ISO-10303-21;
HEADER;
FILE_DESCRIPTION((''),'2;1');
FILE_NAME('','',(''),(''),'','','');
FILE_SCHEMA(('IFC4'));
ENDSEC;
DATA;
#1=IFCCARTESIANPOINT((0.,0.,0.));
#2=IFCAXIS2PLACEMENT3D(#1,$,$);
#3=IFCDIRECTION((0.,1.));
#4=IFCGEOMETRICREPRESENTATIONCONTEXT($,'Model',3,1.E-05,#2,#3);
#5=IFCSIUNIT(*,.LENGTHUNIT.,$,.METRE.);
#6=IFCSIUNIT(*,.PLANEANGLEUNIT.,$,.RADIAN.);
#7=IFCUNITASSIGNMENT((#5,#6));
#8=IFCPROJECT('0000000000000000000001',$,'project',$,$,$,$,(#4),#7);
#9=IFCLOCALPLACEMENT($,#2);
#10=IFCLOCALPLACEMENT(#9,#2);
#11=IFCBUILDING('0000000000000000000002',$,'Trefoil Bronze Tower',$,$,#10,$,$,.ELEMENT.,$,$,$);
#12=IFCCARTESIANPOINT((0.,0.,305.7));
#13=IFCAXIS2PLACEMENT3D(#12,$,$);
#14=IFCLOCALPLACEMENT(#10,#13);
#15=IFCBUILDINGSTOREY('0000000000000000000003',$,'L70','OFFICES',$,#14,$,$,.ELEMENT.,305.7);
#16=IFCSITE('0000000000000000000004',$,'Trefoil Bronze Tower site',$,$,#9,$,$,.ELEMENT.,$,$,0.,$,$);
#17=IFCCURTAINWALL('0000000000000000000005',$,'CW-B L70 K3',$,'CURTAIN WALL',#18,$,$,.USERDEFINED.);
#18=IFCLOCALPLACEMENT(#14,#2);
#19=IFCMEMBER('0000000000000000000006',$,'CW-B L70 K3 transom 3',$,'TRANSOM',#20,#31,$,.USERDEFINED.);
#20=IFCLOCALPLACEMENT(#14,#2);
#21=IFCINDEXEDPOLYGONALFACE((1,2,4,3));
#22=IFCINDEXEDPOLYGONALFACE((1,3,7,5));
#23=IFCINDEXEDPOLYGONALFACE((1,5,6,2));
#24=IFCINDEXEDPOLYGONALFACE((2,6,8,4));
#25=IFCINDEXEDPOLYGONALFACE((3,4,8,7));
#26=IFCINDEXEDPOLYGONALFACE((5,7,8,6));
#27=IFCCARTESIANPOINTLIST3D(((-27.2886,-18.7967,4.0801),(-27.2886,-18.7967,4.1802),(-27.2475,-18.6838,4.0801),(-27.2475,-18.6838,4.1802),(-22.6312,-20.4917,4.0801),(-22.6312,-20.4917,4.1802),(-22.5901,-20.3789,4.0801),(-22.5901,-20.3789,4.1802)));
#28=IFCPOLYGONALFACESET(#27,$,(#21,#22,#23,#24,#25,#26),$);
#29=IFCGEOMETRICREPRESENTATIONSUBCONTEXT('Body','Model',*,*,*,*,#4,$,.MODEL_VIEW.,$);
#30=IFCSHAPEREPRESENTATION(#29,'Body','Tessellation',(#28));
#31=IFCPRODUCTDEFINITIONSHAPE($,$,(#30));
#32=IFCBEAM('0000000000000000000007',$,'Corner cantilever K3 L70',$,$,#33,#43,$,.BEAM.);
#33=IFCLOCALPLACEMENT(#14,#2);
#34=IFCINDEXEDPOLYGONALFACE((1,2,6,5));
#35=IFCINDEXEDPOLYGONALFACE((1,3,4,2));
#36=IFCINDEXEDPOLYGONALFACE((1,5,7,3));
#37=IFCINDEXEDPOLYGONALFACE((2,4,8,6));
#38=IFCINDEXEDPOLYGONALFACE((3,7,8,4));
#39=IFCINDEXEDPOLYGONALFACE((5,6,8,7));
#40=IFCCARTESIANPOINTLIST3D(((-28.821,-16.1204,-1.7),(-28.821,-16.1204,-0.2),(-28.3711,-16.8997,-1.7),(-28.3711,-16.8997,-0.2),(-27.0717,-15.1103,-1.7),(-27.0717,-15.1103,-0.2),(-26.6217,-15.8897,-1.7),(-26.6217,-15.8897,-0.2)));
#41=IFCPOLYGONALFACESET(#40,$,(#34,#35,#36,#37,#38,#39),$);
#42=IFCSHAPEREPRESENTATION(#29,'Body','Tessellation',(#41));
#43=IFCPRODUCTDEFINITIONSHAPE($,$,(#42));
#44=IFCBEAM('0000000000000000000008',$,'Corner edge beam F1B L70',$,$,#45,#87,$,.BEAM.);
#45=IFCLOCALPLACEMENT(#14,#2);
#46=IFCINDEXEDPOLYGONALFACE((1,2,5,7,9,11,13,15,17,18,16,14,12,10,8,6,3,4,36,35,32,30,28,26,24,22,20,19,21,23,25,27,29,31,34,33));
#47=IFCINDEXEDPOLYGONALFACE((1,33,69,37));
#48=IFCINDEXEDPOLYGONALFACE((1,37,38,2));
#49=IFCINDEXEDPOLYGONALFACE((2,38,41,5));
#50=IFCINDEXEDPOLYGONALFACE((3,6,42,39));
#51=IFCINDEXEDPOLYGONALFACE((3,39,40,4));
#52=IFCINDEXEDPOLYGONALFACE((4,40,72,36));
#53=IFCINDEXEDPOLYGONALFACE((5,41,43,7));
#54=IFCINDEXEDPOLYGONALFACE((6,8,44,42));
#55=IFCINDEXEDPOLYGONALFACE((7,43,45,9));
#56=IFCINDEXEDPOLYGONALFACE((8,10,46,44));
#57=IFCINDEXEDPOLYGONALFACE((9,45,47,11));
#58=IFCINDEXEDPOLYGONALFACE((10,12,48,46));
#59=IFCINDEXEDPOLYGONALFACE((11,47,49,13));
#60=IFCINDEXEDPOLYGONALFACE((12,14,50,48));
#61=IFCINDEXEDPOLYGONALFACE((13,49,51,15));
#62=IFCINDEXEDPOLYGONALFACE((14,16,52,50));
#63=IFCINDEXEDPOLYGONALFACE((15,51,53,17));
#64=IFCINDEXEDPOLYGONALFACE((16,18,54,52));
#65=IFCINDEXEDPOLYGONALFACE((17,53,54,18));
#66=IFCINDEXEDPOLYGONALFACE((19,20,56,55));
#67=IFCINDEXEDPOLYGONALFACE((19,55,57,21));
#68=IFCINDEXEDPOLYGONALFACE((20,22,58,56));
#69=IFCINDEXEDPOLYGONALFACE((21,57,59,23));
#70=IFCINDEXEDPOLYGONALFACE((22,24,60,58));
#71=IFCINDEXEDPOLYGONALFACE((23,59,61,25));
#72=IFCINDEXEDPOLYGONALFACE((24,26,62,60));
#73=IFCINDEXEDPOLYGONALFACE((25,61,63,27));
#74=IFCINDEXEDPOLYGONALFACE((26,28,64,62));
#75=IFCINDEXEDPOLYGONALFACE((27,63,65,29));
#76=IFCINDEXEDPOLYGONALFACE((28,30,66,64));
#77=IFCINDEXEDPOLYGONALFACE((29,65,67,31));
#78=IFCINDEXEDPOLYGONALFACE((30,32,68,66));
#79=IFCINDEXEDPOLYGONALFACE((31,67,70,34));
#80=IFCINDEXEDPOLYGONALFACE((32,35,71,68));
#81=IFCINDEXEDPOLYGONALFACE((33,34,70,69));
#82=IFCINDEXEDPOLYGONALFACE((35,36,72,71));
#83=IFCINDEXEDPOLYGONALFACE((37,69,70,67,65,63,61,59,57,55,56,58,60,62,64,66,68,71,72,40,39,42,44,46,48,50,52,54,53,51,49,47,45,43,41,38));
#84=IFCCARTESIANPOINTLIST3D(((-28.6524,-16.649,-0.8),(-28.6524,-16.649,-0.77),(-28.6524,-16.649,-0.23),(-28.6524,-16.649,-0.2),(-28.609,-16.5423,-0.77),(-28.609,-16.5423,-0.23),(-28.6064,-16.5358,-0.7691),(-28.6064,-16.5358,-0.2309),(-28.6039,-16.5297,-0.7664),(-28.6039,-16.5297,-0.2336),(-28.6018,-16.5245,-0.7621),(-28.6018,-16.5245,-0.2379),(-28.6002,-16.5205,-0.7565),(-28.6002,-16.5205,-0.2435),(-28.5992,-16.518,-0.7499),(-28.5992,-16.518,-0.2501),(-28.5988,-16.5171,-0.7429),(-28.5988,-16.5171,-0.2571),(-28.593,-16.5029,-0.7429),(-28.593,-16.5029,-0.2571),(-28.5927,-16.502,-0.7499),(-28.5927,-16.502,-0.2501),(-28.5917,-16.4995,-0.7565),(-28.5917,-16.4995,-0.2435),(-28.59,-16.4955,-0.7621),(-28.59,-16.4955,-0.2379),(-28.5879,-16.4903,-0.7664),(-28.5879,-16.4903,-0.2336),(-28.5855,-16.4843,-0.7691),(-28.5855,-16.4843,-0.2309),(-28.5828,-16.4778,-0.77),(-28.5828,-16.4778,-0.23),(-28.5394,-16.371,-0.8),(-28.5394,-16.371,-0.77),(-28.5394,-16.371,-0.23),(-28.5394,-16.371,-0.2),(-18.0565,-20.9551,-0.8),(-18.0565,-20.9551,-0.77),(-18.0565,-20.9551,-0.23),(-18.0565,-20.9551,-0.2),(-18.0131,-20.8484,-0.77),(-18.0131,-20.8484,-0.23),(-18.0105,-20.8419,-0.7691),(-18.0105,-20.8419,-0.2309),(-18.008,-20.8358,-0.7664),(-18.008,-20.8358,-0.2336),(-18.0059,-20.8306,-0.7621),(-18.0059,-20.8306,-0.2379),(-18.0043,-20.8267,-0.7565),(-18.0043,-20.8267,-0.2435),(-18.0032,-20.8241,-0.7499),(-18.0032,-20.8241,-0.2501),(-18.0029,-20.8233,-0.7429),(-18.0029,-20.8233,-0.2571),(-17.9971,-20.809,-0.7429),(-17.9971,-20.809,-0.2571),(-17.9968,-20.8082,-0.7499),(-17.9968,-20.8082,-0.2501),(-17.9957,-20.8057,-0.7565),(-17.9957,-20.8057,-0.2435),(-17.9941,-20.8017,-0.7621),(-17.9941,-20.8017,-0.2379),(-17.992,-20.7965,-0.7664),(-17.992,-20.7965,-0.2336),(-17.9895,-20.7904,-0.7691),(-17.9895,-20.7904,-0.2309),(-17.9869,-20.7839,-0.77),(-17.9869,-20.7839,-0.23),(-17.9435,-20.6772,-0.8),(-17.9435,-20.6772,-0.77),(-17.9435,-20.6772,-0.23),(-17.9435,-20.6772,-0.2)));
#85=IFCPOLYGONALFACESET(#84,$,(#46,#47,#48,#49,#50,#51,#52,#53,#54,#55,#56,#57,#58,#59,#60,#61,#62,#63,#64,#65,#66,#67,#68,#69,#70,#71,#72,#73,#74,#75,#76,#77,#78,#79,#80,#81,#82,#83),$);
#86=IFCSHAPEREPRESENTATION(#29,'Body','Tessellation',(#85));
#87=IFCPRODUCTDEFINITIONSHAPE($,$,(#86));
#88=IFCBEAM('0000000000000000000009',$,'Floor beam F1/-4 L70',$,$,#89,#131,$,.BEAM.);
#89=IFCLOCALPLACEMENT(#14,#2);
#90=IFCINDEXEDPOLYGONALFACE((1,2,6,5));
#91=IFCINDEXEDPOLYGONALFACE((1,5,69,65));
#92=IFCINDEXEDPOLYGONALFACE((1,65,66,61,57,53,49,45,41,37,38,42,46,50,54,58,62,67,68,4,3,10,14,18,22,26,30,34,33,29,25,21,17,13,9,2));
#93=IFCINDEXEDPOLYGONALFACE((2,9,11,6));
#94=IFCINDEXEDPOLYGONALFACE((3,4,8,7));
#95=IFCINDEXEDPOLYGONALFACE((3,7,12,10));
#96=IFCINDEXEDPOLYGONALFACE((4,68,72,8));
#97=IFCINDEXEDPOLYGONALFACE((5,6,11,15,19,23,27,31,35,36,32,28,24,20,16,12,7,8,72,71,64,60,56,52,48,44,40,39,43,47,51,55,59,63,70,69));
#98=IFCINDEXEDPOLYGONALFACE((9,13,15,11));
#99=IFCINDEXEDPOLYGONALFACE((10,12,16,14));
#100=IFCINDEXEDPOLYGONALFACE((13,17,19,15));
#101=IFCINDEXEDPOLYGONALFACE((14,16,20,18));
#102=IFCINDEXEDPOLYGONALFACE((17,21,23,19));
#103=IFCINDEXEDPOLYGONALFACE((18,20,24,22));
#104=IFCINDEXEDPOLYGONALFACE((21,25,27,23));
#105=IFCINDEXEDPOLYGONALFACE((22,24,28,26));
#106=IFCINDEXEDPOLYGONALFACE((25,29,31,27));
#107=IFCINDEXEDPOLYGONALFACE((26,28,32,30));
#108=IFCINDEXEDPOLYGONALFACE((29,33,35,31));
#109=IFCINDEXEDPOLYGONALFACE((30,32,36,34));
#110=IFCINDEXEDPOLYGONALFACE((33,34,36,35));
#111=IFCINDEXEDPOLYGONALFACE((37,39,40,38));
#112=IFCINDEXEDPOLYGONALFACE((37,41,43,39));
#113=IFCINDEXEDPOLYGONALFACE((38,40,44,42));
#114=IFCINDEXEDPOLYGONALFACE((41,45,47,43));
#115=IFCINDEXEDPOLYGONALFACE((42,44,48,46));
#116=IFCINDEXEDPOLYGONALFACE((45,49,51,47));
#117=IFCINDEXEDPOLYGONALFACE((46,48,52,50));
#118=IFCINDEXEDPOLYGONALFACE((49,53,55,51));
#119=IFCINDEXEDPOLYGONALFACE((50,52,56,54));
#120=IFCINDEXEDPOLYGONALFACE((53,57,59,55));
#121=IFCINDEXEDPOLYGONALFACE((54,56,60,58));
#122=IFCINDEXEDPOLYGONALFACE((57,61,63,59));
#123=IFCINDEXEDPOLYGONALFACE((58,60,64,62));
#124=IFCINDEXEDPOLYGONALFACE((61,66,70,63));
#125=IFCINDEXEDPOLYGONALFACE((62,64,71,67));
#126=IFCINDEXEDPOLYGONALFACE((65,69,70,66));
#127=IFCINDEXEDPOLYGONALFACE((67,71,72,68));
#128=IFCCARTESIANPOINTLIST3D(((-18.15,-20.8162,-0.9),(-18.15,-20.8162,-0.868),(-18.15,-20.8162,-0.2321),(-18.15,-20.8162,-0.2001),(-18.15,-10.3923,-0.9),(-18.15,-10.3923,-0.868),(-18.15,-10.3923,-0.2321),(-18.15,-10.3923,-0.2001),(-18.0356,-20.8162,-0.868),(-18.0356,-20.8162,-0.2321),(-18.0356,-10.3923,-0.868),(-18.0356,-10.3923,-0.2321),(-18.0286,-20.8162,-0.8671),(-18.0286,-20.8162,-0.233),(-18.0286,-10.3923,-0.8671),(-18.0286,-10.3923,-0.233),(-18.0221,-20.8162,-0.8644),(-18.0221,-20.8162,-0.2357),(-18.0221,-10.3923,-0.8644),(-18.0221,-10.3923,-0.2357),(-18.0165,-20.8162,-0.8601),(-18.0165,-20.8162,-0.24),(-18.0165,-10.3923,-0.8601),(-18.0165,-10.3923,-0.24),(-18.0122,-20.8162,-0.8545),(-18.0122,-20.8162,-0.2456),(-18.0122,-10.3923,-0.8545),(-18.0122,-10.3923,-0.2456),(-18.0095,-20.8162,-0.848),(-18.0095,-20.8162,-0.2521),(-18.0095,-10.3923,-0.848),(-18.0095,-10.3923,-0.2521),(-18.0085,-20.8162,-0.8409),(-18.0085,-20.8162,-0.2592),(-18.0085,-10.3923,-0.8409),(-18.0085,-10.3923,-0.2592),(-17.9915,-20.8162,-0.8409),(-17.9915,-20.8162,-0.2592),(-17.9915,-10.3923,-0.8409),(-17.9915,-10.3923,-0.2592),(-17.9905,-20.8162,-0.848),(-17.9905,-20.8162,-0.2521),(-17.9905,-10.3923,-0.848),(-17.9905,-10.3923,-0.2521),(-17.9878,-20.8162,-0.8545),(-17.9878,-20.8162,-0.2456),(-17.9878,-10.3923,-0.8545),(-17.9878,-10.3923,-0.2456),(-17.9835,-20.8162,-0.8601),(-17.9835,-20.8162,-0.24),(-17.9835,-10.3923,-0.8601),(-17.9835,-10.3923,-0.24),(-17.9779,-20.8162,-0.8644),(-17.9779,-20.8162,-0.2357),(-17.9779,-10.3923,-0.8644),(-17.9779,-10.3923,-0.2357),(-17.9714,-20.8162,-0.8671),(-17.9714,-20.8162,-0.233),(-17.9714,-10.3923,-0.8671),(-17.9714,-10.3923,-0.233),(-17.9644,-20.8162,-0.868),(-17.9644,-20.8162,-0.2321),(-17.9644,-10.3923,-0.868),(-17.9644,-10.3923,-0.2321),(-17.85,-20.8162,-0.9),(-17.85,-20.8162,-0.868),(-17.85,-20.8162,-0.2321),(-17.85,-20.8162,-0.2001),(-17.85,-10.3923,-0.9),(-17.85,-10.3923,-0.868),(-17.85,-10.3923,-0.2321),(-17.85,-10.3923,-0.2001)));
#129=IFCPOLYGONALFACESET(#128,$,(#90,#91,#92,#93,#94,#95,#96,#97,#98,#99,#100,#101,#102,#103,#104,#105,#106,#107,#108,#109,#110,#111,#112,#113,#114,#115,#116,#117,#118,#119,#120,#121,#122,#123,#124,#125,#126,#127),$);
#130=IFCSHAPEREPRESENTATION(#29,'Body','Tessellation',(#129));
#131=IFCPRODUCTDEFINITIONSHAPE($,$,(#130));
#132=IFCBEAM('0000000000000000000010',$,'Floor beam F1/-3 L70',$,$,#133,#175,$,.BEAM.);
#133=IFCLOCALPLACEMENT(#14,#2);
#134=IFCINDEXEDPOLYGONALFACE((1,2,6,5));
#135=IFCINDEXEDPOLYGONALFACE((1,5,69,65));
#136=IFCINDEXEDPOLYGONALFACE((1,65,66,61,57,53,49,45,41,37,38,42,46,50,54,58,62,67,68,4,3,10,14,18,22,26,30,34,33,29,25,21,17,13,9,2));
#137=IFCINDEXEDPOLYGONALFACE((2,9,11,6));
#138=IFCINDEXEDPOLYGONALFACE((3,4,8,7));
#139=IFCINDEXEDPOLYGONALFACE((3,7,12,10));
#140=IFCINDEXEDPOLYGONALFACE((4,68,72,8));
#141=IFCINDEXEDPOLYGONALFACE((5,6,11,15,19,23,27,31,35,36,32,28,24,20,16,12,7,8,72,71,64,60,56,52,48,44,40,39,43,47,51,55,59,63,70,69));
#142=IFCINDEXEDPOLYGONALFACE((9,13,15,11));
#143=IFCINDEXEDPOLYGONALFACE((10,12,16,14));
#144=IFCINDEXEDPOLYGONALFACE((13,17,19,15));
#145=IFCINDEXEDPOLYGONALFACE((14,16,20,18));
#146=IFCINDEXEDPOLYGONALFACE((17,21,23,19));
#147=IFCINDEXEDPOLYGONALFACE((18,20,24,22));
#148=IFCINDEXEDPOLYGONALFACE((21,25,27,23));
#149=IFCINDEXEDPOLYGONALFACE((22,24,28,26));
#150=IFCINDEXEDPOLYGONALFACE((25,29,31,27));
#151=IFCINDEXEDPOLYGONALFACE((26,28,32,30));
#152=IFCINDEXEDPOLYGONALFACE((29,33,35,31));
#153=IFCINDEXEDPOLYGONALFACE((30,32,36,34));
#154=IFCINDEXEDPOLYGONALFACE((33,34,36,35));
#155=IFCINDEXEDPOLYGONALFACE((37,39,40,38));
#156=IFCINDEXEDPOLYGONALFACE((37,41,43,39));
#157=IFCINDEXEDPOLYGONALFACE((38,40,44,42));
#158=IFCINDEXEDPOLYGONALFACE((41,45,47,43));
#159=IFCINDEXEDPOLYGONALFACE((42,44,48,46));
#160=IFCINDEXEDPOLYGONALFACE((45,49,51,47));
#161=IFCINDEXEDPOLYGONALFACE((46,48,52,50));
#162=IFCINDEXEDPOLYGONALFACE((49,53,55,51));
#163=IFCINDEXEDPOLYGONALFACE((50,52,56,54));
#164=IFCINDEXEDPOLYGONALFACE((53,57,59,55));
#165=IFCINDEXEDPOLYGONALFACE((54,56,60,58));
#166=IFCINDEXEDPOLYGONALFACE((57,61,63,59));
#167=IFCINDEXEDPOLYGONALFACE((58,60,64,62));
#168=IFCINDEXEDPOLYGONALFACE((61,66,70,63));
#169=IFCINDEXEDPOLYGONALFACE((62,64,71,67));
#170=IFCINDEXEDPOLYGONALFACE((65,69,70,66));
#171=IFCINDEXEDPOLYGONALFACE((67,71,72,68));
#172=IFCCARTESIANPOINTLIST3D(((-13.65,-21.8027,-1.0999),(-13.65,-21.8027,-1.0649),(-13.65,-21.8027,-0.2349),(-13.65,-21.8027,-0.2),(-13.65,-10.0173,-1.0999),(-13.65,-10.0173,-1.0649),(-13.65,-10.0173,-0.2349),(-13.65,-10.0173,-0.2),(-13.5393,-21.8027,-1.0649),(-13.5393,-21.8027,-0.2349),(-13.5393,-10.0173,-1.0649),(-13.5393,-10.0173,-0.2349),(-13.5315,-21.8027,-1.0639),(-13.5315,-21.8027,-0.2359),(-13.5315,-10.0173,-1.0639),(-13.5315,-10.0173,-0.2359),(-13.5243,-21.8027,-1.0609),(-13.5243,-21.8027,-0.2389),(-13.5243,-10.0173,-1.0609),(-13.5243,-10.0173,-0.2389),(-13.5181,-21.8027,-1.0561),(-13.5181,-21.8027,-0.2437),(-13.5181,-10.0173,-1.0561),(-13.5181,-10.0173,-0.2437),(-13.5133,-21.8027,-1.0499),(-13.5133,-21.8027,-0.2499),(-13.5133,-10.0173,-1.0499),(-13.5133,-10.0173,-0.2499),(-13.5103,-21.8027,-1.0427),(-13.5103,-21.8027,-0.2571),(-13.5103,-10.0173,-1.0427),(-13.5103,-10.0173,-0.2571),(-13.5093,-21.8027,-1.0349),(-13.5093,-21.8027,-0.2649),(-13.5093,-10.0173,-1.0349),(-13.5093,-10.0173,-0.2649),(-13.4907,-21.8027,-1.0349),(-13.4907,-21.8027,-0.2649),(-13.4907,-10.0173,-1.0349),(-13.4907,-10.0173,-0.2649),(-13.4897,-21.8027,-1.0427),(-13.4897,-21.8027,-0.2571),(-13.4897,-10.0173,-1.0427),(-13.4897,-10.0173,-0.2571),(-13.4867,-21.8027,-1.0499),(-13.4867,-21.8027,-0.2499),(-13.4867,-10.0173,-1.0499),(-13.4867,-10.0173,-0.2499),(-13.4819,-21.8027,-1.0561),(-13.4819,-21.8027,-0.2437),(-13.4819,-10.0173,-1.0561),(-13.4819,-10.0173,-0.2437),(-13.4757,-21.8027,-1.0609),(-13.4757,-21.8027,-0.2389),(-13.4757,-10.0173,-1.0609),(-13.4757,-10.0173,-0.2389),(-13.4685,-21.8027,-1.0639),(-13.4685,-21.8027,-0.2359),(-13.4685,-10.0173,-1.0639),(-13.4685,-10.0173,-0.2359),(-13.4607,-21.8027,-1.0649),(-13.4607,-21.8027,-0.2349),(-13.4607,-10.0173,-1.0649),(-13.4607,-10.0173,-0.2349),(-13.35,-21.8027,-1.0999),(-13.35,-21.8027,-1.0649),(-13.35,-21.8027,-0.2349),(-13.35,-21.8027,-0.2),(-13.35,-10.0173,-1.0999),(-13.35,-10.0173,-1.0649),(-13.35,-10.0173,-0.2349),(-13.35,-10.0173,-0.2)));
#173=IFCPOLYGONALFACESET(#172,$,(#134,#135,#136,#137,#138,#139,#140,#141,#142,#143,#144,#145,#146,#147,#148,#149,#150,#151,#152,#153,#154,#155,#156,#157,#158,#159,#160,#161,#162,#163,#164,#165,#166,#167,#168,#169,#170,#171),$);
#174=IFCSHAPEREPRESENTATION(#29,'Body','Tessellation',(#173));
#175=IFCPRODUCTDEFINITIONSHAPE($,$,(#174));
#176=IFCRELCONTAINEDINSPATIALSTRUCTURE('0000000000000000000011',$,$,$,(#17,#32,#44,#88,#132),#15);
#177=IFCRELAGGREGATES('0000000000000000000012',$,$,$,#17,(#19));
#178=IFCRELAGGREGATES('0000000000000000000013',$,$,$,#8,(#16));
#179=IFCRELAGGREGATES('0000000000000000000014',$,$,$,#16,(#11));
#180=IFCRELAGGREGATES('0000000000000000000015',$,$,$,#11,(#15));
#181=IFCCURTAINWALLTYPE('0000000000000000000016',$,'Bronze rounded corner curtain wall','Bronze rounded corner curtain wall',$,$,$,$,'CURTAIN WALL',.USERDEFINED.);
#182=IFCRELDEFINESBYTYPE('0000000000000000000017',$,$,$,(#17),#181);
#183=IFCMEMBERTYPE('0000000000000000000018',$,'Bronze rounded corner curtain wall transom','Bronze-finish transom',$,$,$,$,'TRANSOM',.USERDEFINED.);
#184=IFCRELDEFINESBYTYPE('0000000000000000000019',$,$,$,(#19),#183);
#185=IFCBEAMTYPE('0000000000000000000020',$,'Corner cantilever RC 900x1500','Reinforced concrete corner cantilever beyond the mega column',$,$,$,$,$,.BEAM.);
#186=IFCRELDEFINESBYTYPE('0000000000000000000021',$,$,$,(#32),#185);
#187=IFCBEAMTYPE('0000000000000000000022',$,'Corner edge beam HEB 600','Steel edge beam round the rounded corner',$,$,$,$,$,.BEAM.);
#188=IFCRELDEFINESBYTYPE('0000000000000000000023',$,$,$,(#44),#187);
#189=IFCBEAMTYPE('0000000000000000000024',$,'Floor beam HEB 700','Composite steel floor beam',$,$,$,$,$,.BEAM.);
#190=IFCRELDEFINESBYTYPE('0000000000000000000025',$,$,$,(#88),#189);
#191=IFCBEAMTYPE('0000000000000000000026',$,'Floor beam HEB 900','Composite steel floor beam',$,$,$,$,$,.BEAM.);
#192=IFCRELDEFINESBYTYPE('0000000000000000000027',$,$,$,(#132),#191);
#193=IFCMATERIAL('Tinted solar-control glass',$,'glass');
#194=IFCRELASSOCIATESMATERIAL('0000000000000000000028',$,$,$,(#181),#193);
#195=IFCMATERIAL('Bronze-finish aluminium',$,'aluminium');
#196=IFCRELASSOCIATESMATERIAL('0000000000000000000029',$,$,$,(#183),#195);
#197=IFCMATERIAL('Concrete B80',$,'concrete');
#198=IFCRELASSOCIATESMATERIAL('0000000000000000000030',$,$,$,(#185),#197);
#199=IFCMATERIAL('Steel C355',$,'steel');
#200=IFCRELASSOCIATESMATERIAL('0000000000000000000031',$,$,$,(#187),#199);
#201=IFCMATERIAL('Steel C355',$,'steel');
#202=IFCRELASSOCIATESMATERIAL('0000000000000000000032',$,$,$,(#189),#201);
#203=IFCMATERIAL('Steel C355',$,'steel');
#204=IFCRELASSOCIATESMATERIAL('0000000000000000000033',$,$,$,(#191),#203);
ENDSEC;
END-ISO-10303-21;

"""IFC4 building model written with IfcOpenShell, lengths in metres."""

from ifc_helpers import new_model, si_unit, direction, frame, origin, origin_2d, place, context, subcontext, project, spatial, rectangle, i_section, extrude, material, material_profile, profile_set, type_object, element, aggregate, save


model = new_model("IFC4")

# Units and contexts
model_context = context("Model", 3, precision=1e-05, world=origin(), true_north=direction((0.0, 1.0)))
body_context = subcontext(model_context, "Body", "Model", "MODEL_VIEW")
ifc_project = project(units=[si_unit("LENGTHUNIT", "METRE"), si_unit("PLANEANGLEUNIT", "RADIAN")], contexts=[model_context])

# Site, building, storey
site_placement = place(None, origin())
site = spatial("IfcSite", under=ifc_project, at=site_placement, Name="Trefoil Bronze Tower site", CompositionType="ELEMENT", RefElevation=0.0)
building_placement = place(site_placement, origin())
building = spatial("IfcBuilding", under=site, at=building_placement, Name="Trefoil Bronze Tower", CompositionType="ELEMENT")
storey_placement = place(building_placement, frame((0.0, 0.0, 305.7)))
storey = spatial("IfcBuildingStorey", under=building, at=storey_placement, Name="L70", Description="OFFICES", CompositionType="ELEMENT", Elevation=305.7)

# Curtain wall, member
ifc_material_1 = material(Name="Tinted solar-control glass", Category="glass")
curtain_wall_type_1 = type_object("IfcCurtainWallType", Name="Bronze rounded corner curtain wall", Description="Bronze rounded corner curtain wall", ElementType="CURTAIN WALL", PredefinedType="USERDEFINED", material=ifc_material_1)
curtain_wall_1_placement = place(storey_placement, origin())
curtain_wall_1 = element("IfcCurtainWall", 1, at=curtain_wall_1_placement, inside=storey, type_object=curtain_wall_type_1, Name="CW-B L70 K3", ObjectType="CURTAIN WALL", PredefinedType="USERDEFINED")
ifc_material_2 = material(Name="Bronze-finish aluminium", Category="aluminium")
ifc_material_profile_1 = material_profile(ifc_material_2, rectangle(XDim=0.1201, YDim=0.1001, at=origin_2d()), Name="CW-B transom")
ifc_profile_set_1 = profile_set([ifc_material_profile_1], Name="Bronze-finish aluminium")
member_type_1 = type_object("IfcMemberType", Name="Bronze rounded corner curtain wall transom", Description="Bronze-finish transom", ElementType="TRANSOM", PredefinedType="USERDEFINED", material=ifc_profile_set_1)
member_1_placement = place(storey_placement, frame((-27.2681, -18.7402, 4.1301), z_axis=(0.9397, -0.342, 0.0), x_axis=(0.342, 0.9397, 0.0)))
member_1 = element("IfcMember", 2, at=member_1_placement, type_object=member_type_1, Name="CW-B L70 K3 transom 3", ObjectType="TRANSOM", PredefinedType="USERDEFINED", context=body_context, shape_type="SweptSolid", body=[
    extrude(rectangle(XDim=0.1201, YDim=0.1001, at=origin_2d()), origin(), (0.0, 0.0, 1.0), 4.9563),
])

# Beams
ifc_material_3 = material(Name="Concrete B80", Category="concrete")
ifc_material_profile_2 = material_profile(ifc_material_3, rectangle(XDim=0.8999, YDim=1.5, at=origin_2d()), Name="RC 900x1500")
ifc_profile_set_2 = profile_set([ifc_material_profile_2], Name="Concrete B80")
beam_type_1 = type_object("IfcBeamType", Name="Corner cantilever RC 900x1500", Description="Reinforced concrete corner cantilever beyond the mega column", PredefinedType="BEAM", material=ifc_profile_set_2)
beam_1_placement = place(storey_placement, frame((-26.8467, -15.5, -0.95), z_axis=(-0.86601, -0.500026, 0.0), x_axis=(0.500026, -0.86601, 0.0)))
element("IfcBeam", 3, at=beam_1_placement, inside=storey, type_object=beam_type_1, Name="Corner cantilever K3 L70", PredefinedType="BEAM", context=body_context, shape_type="SweptSolid", body=[
    extrude(rectangle(XDim=0.8999, YDim=1.5, at=origin_2d()), origin(), (0.0, 0.0, 1.0), 2.02),
])
ifc_material_4 = material(Name="Steel C355", Category="steel")
ifc_material_profile_3 = material_profile(ifc_material_4, i_section(OverallWidth=0.3, OverallDepth=0.6001, WebThickness=0.0154, FlangeThickness=0.03, FilletRadius=0.0271, at=origin_2d()), Name="HEB 600")
ifc_profile_set_3 = profile_set([ifc_material_profile_3], Name="Steel C355")
beam_type_2 = type_object("IfcBeamType", Name="Corner edge beam HEB 600", Description="Steel edge beam round the rounded corner", PredefinedType="BEAM", material=ifc_profile_set_3)
beam_2_placement = place(storey_placement, frame((-18.0, -20.8162, -0.5), z_axis=(-0.926419, 0.376493, 0.0), x_axis=(-0.376493, -0.926419, 0.0)))
element("IfcBeam", 4, at=beam_2_placement, inside=storey, type_object=beam_type_2, Name="Corner edge beam F1B L70", PredefinedType="BEAM", context=body_context, shape_type="SweptSolid", body=[
    extrude(i_section(OverallWidth=0.3, OverallDepth=0.6001, WebThickness=0.0154, FlangeThickness=0.03, FilletRadius=0.0271, at=origin_2d()), origin(), (0.0, 0.0, 1.0), 11.4375),
])
ifc_material_5 = material(Name="Steel C355", Category="steel")
ifc_material_profile_4 = material_profile(ifc_material_5, i_section(OverallWidth=0.3, OverallDepth=0.7, WebThickness=0.0171, FlangeThickness=0.032, FilletRadius=0.0271, at=origin_2d()), Name="HEB 700")
ifc_profile_set_4 = profile_set([ifc_material_profile_4], Name="Steel C355")
beam_type_3 = type_object("IfcBeamType", Name="Floor beam HEB 700", Description="Composite steel floor beam", PredefinedType="BEAM", material=ifc_profile_set_4)
beam_3_placement = place(storey_placement, frame((-18.0, -20.8162, -0.55), z_axis=(0.0, 1.0, 0.0), x_axis=(-1.0, 0.0, 0.0)))
element("IfcBeam", 5, at=beam_3_placement, inside=storey, type_object=beam_type_3, Name="Floor beam F1/-4 L70", PredefinedType="BEAM", context=body_context, shape_type="SweptSolid", body=[
    extrude(i_section(OverallWidth=0.3, OverallDepth=0.7, WebThickness=0.0171, FlangeThickness=0.032, FilletRadius=0.0271, at=origin_2d()), origin(), (0.0, 0.0, 1.0), 10.4238),
])
ifc_material_6 = material(Name="Steel C355", Category="steel")
ifc_material_profile_5 = material_profile(ifc_material_6, i_section(OverallWidth=0.3, OverallDepth=0.8999, WebThickness=0.0186, FlangeThickness=0.0349, FilletRadius=0.03, at=origin_2d()), Name="HEB 900")
ifc_profile_set_5 = profile_set([ifc_material_profile_5], Name="Steel C355")
beam_type_4 = type_object("IfcBeamType", Name="Floor beam HEB 900", Description="Composite steel floor beam", PredefinedType="BEAM", material=ifc_profile_set_5)
beam_4_placement = place(storey_placement, frame((-13.5, -21.8027, -0.6499), z_axis=(0.0, 1.0, 0.0), x_axis=(-1.0, 0.0, 0.0)))
element("IfcBeam", 6, at=beam_4_placement, inside=storey, type_object=beam_type_4, Name="Floor beam F1/-3 L70", PredefinedType="BEAM", context=body_context, shape_type="SweptSolid", body=[
    extrude(i_section(OverallWidth=0.3, OverallDepth=0.8999, WebThickness=0.0186, FlangeThickness=0.0349, FilletRadius=0.03, at=origin_2d()), origin(), (0.0, 0.0, 1.0), 11.7854),
])

aggregate(curtain_wall_1, [member_1])

save(model, "model.ifc")
